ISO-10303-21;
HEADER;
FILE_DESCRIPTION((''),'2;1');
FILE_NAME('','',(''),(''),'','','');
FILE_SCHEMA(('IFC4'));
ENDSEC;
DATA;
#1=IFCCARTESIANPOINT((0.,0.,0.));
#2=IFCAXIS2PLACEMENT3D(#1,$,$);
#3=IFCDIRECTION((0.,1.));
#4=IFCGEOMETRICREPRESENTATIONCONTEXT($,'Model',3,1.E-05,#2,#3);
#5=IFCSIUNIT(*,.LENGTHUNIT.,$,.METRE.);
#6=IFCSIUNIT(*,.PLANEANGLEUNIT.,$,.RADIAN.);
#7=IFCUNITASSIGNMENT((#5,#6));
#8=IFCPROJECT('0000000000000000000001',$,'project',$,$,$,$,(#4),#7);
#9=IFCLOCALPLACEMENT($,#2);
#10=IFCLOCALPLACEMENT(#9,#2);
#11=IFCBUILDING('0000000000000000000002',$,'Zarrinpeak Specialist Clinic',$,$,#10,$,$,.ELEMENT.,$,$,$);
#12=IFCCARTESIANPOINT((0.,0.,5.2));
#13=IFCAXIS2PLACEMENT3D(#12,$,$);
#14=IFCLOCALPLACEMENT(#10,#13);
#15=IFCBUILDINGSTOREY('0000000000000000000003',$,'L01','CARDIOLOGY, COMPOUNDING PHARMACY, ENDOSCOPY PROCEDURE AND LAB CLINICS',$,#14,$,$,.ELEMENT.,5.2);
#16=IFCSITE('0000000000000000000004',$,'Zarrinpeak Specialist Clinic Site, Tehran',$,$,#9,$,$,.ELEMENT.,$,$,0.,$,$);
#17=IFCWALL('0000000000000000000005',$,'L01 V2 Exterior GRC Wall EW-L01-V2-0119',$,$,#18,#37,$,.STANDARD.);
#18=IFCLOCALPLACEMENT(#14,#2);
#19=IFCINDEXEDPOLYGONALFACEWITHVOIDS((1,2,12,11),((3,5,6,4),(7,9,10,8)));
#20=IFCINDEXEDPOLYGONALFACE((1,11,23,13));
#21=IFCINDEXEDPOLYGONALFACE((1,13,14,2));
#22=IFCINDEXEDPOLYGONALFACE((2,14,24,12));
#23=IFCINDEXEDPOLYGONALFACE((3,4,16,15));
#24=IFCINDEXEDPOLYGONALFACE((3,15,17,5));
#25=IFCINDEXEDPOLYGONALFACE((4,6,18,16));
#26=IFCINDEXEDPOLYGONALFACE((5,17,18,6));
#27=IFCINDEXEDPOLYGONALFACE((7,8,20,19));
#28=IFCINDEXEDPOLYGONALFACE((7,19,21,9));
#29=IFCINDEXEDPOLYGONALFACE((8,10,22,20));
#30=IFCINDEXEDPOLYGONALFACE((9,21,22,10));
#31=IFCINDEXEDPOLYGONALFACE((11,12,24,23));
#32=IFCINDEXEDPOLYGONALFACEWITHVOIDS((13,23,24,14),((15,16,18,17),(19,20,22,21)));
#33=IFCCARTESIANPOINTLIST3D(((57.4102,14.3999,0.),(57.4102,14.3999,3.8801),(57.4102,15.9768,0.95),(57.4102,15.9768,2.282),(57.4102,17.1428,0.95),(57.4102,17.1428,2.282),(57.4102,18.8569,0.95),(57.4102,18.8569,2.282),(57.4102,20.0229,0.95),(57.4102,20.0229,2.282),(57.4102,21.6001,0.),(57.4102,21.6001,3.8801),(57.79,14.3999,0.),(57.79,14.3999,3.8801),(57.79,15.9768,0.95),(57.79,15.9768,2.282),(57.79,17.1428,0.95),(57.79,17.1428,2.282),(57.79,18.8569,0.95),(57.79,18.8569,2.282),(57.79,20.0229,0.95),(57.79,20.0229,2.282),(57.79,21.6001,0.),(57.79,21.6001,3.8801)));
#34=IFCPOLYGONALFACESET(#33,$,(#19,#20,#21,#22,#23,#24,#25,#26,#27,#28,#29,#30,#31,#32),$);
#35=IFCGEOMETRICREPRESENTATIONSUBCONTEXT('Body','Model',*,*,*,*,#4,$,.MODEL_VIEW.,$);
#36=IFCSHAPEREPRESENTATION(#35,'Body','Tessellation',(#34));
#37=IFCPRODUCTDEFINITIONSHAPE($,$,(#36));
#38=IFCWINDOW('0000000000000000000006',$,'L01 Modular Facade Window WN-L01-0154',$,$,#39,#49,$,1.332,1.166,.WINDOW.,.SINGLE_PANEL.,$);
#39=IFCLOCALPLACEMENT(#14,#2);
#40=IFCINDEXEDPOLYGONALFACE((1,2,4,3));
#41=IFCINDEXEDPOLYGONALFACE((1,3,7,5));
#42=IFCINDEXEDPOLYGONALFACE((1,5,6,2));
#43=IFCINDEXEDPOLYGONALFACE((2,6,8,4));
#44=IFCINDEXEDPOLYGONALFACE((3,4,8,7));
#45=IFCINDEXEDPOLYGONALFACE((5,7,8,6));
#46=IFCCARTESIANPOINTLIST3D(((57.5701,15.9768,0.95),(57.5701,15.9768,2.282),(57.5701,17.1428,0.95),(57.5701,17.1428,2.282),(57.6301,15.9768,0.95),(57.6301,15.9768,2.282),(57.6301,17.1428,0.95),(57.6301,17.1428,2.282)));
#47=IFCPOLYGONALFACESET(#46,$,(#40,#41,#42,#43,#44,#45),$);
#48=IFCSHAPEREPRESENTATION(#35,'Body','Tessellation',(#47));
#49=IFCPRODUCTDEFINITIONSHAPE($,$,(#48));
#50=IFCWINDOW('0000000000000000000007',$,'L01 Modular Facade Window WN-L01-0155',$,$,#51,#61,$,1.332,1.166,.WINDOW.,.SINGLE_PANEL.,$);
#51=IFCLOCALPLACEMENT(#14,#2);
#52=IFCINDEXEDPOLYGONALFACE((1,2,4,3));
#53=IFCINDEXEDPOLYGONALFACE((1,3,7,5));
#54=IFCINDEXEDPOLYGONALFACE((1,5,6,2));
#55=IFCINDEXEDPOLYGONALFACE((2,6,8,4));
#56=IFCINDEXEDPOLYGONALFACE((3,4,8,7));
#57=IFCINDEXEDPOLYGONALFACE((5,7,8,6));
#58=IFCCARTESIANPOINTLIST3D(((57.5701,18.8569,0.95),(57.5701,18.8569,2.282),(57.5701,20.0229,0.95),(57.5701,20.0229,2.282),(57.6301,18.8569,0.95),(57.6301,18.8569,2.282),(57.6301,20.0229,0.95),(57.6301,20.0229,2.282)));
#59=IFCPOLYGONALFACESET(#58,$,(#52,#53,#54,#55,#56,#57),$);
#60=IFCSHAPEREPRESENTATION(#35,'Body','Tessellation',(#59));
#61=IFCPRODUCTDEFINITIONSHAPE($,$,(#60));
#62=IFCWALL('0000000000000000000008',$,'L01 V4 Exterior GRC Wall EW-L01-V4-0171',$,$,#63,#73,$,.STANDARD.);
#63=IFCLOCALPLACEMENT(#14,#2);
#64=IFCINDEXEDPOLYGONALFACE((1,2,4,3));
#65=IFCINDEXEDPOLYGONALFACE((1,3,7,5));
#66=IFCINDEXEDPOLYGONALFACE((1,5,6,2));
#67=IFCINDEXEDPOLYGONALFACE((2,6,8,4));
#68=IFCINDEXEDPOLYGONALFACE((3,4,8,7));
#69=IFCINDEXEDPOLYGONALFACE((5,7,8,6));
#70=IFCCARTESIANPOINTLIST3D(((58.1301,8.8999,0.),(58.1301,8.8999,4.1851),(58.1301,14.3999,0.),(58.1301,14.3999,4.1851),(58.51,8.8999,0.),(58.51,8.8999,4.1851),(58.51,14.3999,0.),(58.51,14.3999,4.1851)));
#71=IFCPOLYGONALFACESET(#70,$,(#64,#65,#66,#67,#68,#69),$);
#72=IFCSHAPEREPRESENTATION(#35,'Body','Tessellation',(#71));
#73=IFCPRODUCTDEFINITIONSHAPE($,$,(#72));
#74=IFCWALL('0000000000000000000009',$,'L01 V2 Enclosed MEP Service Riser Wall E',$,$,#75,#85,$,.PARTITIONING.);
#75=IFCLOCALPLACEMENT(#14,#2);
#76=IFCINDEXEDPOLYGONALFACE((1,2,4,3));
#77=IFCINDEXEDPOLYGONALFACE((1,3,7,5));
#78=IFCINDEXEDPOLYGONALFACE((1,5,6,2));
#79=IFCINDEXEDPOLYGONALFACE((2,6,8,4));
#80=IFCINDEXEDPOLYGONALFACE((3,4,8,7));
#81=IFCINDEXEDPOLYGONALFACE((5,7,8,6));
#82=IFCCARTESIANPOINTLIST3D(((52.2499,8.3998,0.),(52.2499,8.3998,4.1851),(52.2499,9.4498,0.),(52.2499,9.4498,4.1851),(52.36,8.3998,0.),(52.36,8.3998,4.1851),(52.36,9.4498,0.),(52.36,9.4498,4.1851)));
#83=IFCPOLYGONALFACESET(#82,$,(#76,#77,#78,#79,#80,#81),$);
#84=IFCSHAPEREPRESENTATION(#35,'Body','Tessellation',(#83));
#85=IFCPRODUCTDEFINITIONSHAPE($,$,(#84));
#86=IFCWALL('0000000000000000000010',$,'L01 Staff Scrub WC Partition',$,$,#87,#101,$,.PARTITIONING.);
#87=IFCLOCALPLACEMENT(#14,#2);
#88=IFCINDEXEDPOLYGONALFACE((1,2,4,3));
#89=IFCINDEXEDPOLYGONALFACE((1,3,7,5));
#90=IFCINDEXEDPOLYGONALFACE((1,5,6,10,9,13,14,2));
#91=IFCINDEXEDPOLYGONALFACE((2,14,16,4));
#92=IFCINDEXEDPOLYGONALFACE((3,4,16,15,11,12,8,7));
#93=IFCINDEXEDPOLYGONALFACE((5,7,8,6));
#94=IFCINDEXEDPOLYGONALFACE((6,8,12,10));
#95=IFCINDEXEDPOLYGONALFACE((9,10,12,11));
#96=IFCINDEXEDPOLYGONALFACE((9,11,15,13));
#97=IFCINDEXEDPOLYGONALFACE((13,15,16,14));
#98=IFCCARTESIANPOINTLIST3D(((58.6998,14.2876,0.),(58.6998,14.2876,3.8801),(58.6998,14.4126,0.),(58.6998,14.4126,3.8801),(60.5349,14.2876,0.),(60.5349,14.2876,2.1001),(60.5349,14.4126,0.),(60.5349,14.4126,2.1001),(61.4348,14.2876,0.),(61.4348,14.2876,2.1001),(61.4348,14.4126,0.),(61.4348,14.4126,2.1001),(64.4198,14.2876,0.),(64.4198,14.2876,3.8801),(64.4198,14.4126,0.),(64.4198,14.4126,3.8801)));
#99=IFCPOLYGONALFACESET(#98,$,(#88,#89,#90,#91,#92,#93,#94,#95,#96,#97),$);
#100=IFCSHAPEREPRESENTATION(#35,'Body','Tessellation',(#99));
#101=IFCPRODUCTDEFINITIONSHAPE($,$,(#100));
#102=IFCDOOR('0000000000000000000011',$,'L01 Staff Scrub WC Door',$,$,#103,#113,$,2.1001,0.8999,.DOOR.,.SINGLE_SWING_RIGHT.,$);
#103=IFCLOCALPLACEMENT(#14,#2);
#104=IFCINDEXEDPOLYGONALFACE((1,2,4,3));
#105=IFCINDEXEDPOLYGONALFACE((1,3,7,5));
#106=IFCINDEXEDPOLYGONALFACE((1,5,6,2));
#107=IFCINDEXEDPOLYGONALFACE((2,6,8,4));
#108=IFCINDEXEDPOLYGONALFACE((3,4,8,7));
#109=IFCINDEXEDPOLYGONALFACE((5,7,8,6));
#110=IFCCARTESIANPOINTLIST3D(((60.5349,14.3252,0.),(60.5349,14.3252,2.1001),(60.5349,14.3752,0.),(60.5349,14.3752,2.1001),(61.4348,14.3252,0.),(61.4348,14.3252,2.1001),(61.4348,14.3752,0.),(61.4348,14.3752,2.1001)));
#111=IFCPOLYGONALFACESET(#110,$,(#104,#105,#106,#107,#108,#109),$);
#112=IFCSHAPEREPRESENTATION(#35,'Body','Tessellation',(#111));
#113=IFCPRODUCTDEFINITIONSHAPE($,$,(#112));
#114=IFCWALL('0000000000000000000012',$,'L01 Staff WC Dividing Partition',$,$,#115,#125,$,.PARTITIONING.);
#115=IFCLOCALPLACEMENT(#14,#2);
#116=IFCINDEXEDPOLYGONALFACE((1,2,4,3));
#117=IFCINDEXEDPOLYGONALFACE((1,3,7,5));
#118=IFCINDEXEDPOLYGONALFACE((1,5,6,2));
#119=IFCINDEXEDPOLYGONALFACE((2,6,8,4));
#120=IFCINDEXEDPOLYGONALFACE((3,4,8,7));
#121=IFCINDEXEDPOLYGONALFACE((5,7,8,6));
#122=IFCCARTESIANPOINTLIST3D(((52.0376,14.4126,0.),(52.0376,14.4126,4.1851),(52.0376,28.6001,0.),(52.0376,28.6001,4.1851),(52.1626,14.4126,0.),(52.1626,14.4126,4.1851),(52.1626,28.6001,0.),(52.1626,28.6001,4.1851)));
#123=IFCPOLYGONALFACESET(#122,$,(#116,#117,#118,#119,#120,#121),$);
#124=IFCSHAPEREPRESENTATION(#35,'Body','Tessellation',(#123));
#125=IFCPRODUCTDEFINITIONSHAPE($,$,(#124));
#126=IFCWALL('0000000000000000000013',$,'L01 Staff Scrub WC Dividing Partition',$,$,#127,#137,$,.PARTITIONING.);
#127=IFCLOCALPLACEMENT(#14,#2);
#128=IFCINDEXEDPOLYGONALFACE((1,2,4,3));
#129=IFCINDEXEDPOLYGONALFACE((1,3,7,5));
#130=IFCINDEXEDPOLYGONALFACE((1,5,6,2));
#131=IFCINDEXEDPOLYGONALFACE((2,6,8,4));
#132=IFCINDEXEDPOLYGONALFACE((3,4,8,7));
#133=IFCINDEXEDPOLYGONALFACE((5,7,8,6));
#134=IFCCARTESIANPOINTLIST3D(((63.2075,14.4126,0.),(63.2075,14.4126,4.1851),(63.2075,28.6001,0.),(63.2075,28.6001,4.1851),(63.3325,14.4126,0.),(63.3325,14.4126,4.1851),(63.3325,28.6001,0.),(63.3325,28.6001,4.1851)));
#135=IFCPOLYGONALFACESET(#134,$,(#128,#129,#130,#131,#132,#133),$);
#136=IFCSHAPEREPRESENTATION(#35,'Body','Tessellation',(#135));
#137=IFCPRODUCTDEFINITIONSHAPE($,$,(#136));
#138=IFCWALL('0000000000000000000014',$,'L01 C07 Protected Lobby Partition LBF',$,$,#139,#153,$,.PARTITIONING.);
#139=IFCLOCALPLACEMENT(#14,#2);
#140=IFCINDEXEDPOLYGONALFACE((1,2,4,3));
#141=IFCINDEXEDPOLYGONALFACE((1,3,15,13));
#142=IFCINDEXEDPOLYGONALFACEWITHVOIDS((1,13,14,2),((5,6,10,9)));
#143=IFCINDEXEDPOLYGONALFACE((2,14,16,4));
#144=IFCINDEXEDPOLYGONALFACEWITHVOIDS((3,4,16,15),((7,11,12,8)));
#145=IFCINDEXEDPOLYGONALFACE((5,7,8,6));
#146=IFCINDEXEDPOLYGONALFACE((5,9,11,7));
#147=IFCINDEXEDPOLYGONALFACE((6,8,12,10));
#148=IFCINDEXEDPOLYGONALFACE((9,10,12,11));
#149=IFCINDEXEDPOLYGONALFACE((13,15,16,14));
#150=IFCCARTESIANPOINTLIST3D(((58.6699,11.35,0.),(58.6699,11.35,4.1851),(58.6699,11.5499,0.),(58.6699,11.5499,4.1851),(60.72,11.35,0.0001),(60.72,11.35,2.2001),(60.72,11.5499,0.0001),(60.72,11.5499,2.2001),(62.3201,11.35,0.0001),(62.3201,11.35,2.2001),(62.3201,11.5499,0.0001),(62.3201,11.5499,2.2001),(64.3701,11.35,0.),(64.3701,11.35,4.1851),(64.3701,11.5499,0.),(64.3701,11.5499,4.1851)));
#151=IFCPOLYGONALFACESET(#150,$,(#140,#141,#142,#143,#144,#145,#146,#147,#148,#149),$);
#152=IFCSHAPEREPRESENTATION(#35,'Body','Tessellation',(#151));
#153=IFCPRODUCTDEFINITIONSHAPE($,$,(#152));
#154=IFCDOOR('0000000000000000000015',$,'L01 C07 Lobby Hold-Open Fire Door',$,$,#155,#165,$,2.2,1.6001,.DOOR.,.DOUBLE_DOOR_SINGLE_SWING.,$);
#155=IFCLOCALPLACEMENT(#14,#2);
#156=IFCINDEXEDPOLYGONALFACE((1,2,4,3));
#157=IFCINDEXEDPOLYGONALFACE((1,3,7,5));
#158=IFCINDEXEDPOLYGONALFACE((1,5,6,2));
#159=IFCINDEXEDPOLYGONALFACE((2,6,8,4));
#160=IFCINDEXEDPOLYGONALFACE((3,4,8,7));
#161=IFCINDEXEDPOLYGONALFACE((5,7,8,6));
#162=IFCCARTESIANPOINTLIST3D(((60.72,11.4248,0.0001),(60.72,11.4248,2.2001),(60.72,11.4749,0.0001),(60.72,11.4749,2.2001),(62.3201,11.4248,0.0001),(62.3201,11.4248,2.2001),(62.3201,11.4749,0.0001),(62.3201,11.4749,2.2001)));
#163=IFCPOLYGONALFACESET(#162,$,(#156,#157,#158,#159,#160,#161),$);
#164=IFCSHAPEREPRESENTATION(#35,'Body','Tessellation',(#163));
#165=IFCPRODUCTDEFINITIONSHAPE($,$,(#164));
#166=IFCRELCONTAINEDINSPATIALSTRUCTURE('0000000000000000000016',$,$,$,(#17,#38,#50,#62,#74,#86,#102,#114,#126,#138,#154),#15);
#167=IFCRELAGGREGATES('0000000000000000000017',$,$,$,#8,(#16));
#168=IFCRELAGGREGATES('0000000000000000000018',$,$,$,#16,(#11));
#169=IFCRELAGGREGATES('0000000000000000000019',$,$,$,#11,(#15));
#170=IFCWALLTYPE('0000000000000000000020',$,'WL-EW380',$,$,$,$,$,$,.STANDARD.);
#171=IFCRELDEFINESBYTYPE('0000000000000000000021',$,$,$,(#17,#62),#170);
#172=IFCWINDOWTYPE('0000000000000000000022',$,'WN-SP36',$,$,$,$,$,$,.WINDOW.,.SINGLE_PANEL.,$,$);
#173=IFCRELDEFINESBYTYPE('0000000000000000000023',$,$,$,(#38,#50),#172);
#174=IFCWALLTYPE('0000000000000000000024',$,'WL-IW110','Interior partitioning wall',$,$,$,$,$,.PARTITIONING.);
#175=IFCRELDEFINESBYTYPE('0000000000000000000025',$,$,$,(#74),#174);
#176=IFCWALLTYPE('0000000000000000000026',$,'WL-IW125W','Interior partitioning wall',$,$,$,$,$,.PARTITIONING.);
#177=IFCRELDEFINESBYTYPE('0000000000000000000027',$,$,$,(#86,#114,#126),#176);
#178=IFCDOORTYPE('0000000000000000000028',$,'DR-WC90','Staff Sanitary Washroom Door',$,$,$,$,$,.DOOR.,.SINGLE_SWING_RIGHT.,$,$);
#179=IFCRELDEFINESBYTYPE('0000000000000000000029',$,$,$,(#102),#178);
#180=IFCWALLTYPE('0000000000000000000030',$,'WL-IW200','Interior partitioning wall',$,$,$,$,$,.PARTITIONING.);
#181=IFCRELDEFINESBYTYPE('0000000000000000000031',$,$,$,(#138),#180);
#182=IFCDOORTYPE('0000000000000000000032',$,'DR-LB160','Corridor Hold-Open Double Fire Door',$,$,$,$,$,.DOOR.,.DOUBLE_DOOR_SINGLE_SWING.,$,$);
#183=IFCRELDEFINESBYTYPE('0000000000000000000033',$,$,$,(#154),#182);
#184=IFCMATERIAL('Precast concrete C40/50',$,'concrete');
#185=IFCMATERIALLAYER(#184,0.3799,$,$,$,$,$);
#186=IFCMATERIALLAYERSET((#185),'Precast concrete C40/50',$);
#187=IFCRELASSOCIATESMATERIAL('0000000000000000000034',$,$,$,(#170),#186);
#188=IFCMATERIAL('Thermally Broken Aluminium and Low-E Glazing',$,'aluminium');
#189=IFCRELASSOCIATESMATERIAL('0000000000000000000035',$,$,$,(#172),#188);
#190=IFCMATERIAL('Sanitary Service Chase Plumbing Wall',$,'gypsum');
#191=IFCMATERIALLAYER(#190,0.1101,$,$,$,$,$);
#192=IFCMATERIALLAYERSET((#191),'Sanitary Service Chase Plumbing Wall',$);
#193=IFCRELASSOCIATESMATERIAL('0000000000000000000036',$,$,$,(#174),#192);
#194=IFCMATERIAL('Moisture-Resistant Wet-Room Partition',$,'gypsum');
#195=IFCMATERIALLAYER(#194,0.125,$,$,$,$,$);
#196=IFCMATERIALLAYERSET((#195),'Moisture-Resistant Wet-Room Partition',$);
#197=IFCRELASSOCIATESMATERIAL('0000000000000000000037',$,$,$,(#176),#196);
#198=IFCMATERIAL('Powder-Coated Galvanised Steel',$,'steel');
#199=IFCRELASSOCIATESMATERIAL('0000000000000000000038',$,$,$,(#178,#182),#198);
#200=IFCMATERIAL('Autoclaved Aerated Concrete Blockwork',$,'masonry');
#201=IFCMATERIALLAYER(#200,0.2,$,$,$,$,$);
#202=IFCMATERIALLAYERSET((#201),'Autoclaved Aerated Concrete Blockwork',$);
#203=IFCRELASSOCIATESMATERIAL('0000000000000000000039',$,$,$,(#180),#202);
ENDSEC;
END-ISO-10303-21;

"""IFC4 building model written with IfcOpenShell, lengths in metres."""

from ifc_helpers import new_model, si_unit, direction, frame, frame_2d, origin, place, context, subcontext, project, spatial, rectangle, extrude, material, layer, layer_set, type_object, element, fill, save


model = new_model("IFC4")

# Units and contexts
model_context = context("Model", 3, precision=1e-05, world=origin(), true_north=direction((0.0, 1.0)))
body_context = subcontext(model_context, "Body", "Model", "MODEL_VIEW")
ifc_project = project(units=[si_unit("LENGTHUNIT", "METRE"), si_unit("PLANEANGLEUNIT", "RADIAN")], contexts=[model_context])

# Site, building, storey
site_placement = place(None, origin())
site = spatial("IfcSite", under=ifc_project, at=site_placement, Name="Zarrinpeak Specialist Clinic Site, Tehran", CompositionType="ELEMENT", RefElevation=0.0)
building_placement = place(site_placement, origin())
building = spatial("IfcBuilding", under=site, at=building_placement, Name="Zarrinpeak Specialist Clinic", CompositionType="ELEMENT")
storey_placement = place(building_placement, frame((0.0, 0.0, 5.2)))
storey = spatial("IfcBuildingStorey", under=building, at=storey_placement, Name="L01", Description="CARDIOLOGY, COMPOUNDING PHARMACY, ENDOSCOPY PROCEDURE AND LAB CLINICS", CompositionType="ELEMENT", Elevation=5.2)

# Shared definitions
ifc_material_1 = material(Name="Powder-Coated Galvanised Steel", Category="steel")

# Shared definitions
ifc_material_2 = material(Name="Precast concrete C40/50", Category="concrete")
ifc_layer_1 = layer(ifc_material_2, 0.3799)
ifc_layer_set_1 = layer_set([ifc_layer_1], Name="Precast concrete C40/50")
wall_type_1 = type_object("IfcWallType", Name="WL-EW380", PredefinedType="STANDARD", material=ifc_layer_set_1)

# Wall, openings, windows
wall_1_placement = place(storey_placement, frame((57.6001, 14.3999, 0.0), z_axis=(0.0, 0.0, 1.0), x_axis=(0.0, 1.0, 0.0)))
wall_1 = element("IfcWall", 1, at=wall_1_placement, inside=storey, type_object=wall_type_1, Name="L01 V2 Exterior GRC Wall EW-L01-V2-0119", PredefinedType="STANDARD", context=body_context, shape_type="SweptSolid", body=[
    extrude(rectangle(XDim=7.2002, YDim=0.3799, at=frame_2d((3.6001, 0.0))), origin(), (0.0, 0.0, 1.0), 3.8801),
])
opening_1_placement = place(wall_1_placement, frame((1.5769, 0.0, 0.95)))
opening_1 = element("IfcOpeningElement", 2, at=opening_1_placement, cuts=wall_1, PredefinedType="OPENING", context=body_context, shape_type="SweptSolid", body=[
    extrude(rectangle(XDim=1.166, YDim=1.332, at=frame_2d((0.583, 0.666))), frame((0.0, 0.2, 0.0), z_axis=(0.0, -1.0, 0.0), x_axis=(1.0, 0.0, 0.0)), (0.0, 0.0, 1.0), 0.3999),
])
opening_2_placement = place(wall_1_placement, frame((4.457, 0.0, 0.95)))
opening_2 = element("IfcOpeningElement", 3, at=opening_2_placement, cuts=wall_1, PredefinedType="OPENING", context=body_context, shape_type="SweptSolid", body=[
    extrude(rectangle(XDim=1.166, YDim=1.332, at=frame_2d((0.583, 0.666))), frame((0.0, 0.2, 0.0), z_axis=(0.0, -1.0, 0.0), x_axis=(1.0, 0.0, 0.0)), (0.0, 0.0, 1.0), 0.3999),
])
ifc_material_3 = material(Name="Thermally Broken Aluminium and Low-E Glazing", Category="aluminium")
window_type = type_object("IfcWindowType", Name="WN-SP36", PartitioningType="SINGLE_PANEL", PredefinedType="WINDOW", material=ifc_material_3)
window_1_placement = place(opening_1_placement, origin())
window_1 = element("IfcWindow", 4, at=window_1_placement, inside=storey, type_object=window_type, Name="L01 Modular Facade Window WN-L01-0154", OverallHeight=1.332, OverallWidth=1.166, PartitioningType="SINGLE_PANEL", PredefinedType="WINDOW", context=body_context, shape_type="SweptSolid", body=[
    extrude(rectangle(XDim=1.166, YDim=1.332, at=frame_2d((0.583, 0.666))), frame((0.0, 0.03, 0.0), z_axis=(0.0, -1.0, 0.0), x_axis=(1.0, 0.0, 0.0)), (0.0, 0.0, 1.0), 0.0601),
])
fill(opening_1, window_1)
window_2_placement = place(opening_2_placement, origin())
window_2 = element("IfcWindow", 5, at=window_2_placement, inside=storey, type_object=window_type, Name="L01 Modular Facade Window WN-L01-0155", OverallHeight=1.332, OverallWidth=1.166, PartitioningType="SINGLE_PANEL", PredefinedType="WINDOW", context=body_context, shape_type="SweptSolid", body=[
    extrude(rectangle(XDim=1.166, YDim=1.332, at=frame_2d((0.583, 0.666))), frame((0.0, 0.03, 0.0), z_axis=(0.0, -1.0, 0.0), x_axis=(1.0, 0.0, 0.0)), (0.0, 0.0, 1.0), 0.0601),
])
fill(opening_2, window_2)

# Walls
wall_2_placement = place(storey_placement, frame((58.3201, 14.3999, 0.0), z_axis=(0.0, 0.0, 1.0), x_axis=(0.0, -1.0, 0.0)))
element("IfcWall", 6, at=wall_2_placement, inside=storey, type_object=wall_type_1, Name="L01 V4 Exterior GRC Wall EW-L01-V4-0171", PredefinedType="STANDARD", context=body_context, shape_type="SweptSolid", body=[
    extrude(rectangle(XDim=5.5, YDim=0.3799, at=frame_2d((2.75, 0.0))), origin(), (0.0, 0.0, 1.0), 4.1851),
])
ifc_material_4 = material(Name="Sanitary Service Chase Plumbing Wall", Category="gypsum")
ifc_layer_2 = layer(ifc_material_4, 0.1101)
ifc_layer_set_2 = layer_set([ifc_layer_2], Name="Sanitary Service Chase Plumbing Wall")
wall_type_2 = type_object("IfcWallType", Name="WL-IW110", Description="Interior partitioning wall", PredefinedType="PARTITIONING", material=ifc_layer_set_2)
wall_3_placement = place(storey_placement, frame((52.3049, 8.3999, 0.0), z_axis=(0.0, 0.0, 1.0), x_axis=(0.0, 1.0, 0.0)))
element("IfcWall", 7, at=wall_3_placement, inside=storey, type_object=wall_type_2, Name="L01 V2 Enclosed MEP Service Riser Wall E", PredefinedType="PARTITIONING", context=body_context, shape_type="SweptSolid", body=[
    extrude(rectangle(XDim=1.05, YDim=0.1101, at=frame_2d((0.5249, 0.0))), origin(), (0.0, 0.0, 1.0), 4.1851),
])

# Wall, opening, door
ifc_material_5 = material(Name="Moisture-Resistant Wet-Room Partition", Category="gypsum")
ifc_layer_3 = layer(ifc_material_5, 0.125)
ifc_layer_set_3 = layer_set([ifc_layer_3], Name="Moisture-Resistant Wet-Room Partition")
wall_type_3 = type_object("IfcWallType", Name="WL-IW125W", Description="Interior partitioning wall", PredefinedType="PARTITIONING", material=ifc_layer_set_3)
wall_4_placement = place(storey_placement, frame((58.7, 14.3501, 0.0), z_axis=(0.0, 0.0, 1.0), x_axis=(1.0, 0.0, 0.0)))
wall_4 = element("IfcWall", 8, at=wall_4_placement, inside=storey, type_object=wall_type_3, Name="L01 Staff Scrub WC Partition", PredefinedType="PARTITIONING", context=body_context, shape_type="SweptSolid", body=[
    extrude(rectangle(XDim=5.72, YDim=0.125, at=frame_2d((2.8599, 0.0))), origin(), (0.0, 0.0, 1.0), 3.8801),
])
opening_3_placement = place(wall_4_placement, frame((1.835, 0.0, 0.0)))
opening_3 = element("IfcOpeningElement", 9, at=opening_3_placement, cuts=wall_4, PredefinedType="OPENING", context=body_context, shape_type="SweptSolid", body=[
    extrude(rectangle(XDim=0.8999, YDim=2.1001, at=frame_2d((0.45, 1.05))), frame((0.0, 0.0725, 0.0), z_axis=(0.0, -1.0, 0.0), x_axis=(1.0, 0.0, 0.0)), (0.0, 0.0, 1.0), 0.145),
])
door_type_1 = type_object("IfcDoorType", Name="DR-WC90", Description="Staff Sanitary Washroom Door", OperationType="SINGLE_SWING_RIGHT", PredefinedType="DOOR", material=ifc_material_1)
door_1_placement = place(opening_3_placement, frame((0.8999, 0.0, 0.0), z_axis=(0.0, 0.0, 1.0), x_axis=(-1.0, 0.0, 0.0)))
door_1 = element("IfcDoor", 10, at=door_1_placement, inside=storey, type_object=door_type_1, Name="L01 Staff Scrub WC Door", OperationType="SINGLE_SWING_RIGHT", OverallHeight=2.1001, OverallWidth=0.8999, PredefinedType="DOOR", context=body_context, shape_type="SweptSolid", body=[
    extrude(rectangle(XDim=0.8999, YDim=2.1001, at=frame_2d((0.45, 1.05))), frame((0.0, 0.0249, 0.0), z_axis=(0.0, -1.0, 0.0), x_axis=(1.0, 0.0, 0.0)), (0.0, 0.0, 1.0), 0.05),
])
fill(opening_3, door_1)

# Walls
for number, where, z_axis, x_axis, name in (
    (11, (52.1001, 14.4126, 0.0), (0.0, 0.0, 1.0), (0.0, 1.0, 0.0), "L01 Staff WC Dividing Partition"),
    (12, (63.27, 14.4126, 0.0), (0.0, 0.0, 1.0), (0.0, 1.0, 0.0), "L01 Staff Scrub WC Dividing Partition"),
):
    element("IfcWall", number, at=place(storey_placement, frame(where, z_axis=z_axis, x_axis=x_axis)), inside=storey, type_object=wall_type_3, Name=name, PredefinedType="PARTITIONING", context=body_context, shape_type="SweptSolid", body=[
        extrude(rectangle(XDim=14.1875, YDim=0.125, at=frame_2d((7.0938, 0.0))), origin(), (0.0, 0.0, 1.0), 4.1851),
    ])

# Wall, opening, door
ifc_material_6 = material(Name="Autoclaved Aerated Concrete Blockwork", Category="masonry")
ifc_layer_4 = layer(ifc_material_6, 0.2)
ifc_layer_set_4 = layer_set([ifc_layer_4], Name="Autoclaved Aerated Concrete Blockwork")
wall_type_4 = type_object("IfcWallType", Name="WL-IW200", Description="Interior partitioning wall", PredefinedType="PARTITIONING", material=ifc_layer_set_4)
wall_5_placement = place(storey_placement, frame((58.6699, 11.45, 0.0), z_axis=(0.0, 0.0, 1.0), x_axis=(1.0, 0.0, 0.0)))
wall_5 = element("IfcWall", 13, at=wall_5_placement, inside=storey, type_object=wall_type_4, Name="L01 C07 Protected Lobby Partition LBF", PredefinedType="PARTITIONING", context=body_context, shape_type="SweptSolid", body=[
    extrude(rectangle(XDim=5.7002, YDim=0.2, at=frame_2d((2.8501, 0.0))), origin(), (0.0, 0.0, 1.0), 4.1851),
])
opening_4_placement = place(wall_5_placement, frame((2.05, 0.0, 0.0)))
opening_4 = element("IfcOpeningElement", 14, at=opening_4_placement, cuts=wall_5, PredefinedType="OPENING", context=body_context, shape_type="SweptSolid", body=[
    extrude(rectangle(XDim=1.6001, YDim=2.2, at=frame_2d((0.8, 1.1001))), frame((0.0, 0.1099, 0.0), z_axis=(0.0, -1.0, 0.0), x_axis=(1.0, 0.0, 0.0)), (0.0, 0.0, 1.0), 0.22),
])
door_type_2 = type_object("IfcDoorType", Name="DR-LB160", Description="Corridor Hold-Open Double Fire Door", OperationType="DOUBLE_DOOR_SINGLE_SWING", PredefinedType="DOOR", material=ifc_material_1)
door_2_placement = place(opening_4_placement, origin())
door_2 = element("IfcDoor", 15, at=door_2_placement, inside=storey, type_object=door_type_2, Name="L01 C07 Lobby Hold-Open Fire Door", OperationType="DOUBLE_DOOR_SINGLE_SWING", OverallHeight=2.2, OverallWidth=1.6001, PredefinedType="DOOR", context=body_context, shape_type="SweptSolid", body=[
    extrude(rectangle(XDim=1.6001, YDim=2.2, at=frame_2d((0.8, 1.1001))), frame((0.0, 0.0249, 0.0), z_axis=(0.0, -1.0, 0.0), x_axis=(1.0, 0.0, 0.0)), (0.0, 0.0, 1.0), 0.05),
])
fill(opening_4, door_2)

save(model, "model.ifc")
